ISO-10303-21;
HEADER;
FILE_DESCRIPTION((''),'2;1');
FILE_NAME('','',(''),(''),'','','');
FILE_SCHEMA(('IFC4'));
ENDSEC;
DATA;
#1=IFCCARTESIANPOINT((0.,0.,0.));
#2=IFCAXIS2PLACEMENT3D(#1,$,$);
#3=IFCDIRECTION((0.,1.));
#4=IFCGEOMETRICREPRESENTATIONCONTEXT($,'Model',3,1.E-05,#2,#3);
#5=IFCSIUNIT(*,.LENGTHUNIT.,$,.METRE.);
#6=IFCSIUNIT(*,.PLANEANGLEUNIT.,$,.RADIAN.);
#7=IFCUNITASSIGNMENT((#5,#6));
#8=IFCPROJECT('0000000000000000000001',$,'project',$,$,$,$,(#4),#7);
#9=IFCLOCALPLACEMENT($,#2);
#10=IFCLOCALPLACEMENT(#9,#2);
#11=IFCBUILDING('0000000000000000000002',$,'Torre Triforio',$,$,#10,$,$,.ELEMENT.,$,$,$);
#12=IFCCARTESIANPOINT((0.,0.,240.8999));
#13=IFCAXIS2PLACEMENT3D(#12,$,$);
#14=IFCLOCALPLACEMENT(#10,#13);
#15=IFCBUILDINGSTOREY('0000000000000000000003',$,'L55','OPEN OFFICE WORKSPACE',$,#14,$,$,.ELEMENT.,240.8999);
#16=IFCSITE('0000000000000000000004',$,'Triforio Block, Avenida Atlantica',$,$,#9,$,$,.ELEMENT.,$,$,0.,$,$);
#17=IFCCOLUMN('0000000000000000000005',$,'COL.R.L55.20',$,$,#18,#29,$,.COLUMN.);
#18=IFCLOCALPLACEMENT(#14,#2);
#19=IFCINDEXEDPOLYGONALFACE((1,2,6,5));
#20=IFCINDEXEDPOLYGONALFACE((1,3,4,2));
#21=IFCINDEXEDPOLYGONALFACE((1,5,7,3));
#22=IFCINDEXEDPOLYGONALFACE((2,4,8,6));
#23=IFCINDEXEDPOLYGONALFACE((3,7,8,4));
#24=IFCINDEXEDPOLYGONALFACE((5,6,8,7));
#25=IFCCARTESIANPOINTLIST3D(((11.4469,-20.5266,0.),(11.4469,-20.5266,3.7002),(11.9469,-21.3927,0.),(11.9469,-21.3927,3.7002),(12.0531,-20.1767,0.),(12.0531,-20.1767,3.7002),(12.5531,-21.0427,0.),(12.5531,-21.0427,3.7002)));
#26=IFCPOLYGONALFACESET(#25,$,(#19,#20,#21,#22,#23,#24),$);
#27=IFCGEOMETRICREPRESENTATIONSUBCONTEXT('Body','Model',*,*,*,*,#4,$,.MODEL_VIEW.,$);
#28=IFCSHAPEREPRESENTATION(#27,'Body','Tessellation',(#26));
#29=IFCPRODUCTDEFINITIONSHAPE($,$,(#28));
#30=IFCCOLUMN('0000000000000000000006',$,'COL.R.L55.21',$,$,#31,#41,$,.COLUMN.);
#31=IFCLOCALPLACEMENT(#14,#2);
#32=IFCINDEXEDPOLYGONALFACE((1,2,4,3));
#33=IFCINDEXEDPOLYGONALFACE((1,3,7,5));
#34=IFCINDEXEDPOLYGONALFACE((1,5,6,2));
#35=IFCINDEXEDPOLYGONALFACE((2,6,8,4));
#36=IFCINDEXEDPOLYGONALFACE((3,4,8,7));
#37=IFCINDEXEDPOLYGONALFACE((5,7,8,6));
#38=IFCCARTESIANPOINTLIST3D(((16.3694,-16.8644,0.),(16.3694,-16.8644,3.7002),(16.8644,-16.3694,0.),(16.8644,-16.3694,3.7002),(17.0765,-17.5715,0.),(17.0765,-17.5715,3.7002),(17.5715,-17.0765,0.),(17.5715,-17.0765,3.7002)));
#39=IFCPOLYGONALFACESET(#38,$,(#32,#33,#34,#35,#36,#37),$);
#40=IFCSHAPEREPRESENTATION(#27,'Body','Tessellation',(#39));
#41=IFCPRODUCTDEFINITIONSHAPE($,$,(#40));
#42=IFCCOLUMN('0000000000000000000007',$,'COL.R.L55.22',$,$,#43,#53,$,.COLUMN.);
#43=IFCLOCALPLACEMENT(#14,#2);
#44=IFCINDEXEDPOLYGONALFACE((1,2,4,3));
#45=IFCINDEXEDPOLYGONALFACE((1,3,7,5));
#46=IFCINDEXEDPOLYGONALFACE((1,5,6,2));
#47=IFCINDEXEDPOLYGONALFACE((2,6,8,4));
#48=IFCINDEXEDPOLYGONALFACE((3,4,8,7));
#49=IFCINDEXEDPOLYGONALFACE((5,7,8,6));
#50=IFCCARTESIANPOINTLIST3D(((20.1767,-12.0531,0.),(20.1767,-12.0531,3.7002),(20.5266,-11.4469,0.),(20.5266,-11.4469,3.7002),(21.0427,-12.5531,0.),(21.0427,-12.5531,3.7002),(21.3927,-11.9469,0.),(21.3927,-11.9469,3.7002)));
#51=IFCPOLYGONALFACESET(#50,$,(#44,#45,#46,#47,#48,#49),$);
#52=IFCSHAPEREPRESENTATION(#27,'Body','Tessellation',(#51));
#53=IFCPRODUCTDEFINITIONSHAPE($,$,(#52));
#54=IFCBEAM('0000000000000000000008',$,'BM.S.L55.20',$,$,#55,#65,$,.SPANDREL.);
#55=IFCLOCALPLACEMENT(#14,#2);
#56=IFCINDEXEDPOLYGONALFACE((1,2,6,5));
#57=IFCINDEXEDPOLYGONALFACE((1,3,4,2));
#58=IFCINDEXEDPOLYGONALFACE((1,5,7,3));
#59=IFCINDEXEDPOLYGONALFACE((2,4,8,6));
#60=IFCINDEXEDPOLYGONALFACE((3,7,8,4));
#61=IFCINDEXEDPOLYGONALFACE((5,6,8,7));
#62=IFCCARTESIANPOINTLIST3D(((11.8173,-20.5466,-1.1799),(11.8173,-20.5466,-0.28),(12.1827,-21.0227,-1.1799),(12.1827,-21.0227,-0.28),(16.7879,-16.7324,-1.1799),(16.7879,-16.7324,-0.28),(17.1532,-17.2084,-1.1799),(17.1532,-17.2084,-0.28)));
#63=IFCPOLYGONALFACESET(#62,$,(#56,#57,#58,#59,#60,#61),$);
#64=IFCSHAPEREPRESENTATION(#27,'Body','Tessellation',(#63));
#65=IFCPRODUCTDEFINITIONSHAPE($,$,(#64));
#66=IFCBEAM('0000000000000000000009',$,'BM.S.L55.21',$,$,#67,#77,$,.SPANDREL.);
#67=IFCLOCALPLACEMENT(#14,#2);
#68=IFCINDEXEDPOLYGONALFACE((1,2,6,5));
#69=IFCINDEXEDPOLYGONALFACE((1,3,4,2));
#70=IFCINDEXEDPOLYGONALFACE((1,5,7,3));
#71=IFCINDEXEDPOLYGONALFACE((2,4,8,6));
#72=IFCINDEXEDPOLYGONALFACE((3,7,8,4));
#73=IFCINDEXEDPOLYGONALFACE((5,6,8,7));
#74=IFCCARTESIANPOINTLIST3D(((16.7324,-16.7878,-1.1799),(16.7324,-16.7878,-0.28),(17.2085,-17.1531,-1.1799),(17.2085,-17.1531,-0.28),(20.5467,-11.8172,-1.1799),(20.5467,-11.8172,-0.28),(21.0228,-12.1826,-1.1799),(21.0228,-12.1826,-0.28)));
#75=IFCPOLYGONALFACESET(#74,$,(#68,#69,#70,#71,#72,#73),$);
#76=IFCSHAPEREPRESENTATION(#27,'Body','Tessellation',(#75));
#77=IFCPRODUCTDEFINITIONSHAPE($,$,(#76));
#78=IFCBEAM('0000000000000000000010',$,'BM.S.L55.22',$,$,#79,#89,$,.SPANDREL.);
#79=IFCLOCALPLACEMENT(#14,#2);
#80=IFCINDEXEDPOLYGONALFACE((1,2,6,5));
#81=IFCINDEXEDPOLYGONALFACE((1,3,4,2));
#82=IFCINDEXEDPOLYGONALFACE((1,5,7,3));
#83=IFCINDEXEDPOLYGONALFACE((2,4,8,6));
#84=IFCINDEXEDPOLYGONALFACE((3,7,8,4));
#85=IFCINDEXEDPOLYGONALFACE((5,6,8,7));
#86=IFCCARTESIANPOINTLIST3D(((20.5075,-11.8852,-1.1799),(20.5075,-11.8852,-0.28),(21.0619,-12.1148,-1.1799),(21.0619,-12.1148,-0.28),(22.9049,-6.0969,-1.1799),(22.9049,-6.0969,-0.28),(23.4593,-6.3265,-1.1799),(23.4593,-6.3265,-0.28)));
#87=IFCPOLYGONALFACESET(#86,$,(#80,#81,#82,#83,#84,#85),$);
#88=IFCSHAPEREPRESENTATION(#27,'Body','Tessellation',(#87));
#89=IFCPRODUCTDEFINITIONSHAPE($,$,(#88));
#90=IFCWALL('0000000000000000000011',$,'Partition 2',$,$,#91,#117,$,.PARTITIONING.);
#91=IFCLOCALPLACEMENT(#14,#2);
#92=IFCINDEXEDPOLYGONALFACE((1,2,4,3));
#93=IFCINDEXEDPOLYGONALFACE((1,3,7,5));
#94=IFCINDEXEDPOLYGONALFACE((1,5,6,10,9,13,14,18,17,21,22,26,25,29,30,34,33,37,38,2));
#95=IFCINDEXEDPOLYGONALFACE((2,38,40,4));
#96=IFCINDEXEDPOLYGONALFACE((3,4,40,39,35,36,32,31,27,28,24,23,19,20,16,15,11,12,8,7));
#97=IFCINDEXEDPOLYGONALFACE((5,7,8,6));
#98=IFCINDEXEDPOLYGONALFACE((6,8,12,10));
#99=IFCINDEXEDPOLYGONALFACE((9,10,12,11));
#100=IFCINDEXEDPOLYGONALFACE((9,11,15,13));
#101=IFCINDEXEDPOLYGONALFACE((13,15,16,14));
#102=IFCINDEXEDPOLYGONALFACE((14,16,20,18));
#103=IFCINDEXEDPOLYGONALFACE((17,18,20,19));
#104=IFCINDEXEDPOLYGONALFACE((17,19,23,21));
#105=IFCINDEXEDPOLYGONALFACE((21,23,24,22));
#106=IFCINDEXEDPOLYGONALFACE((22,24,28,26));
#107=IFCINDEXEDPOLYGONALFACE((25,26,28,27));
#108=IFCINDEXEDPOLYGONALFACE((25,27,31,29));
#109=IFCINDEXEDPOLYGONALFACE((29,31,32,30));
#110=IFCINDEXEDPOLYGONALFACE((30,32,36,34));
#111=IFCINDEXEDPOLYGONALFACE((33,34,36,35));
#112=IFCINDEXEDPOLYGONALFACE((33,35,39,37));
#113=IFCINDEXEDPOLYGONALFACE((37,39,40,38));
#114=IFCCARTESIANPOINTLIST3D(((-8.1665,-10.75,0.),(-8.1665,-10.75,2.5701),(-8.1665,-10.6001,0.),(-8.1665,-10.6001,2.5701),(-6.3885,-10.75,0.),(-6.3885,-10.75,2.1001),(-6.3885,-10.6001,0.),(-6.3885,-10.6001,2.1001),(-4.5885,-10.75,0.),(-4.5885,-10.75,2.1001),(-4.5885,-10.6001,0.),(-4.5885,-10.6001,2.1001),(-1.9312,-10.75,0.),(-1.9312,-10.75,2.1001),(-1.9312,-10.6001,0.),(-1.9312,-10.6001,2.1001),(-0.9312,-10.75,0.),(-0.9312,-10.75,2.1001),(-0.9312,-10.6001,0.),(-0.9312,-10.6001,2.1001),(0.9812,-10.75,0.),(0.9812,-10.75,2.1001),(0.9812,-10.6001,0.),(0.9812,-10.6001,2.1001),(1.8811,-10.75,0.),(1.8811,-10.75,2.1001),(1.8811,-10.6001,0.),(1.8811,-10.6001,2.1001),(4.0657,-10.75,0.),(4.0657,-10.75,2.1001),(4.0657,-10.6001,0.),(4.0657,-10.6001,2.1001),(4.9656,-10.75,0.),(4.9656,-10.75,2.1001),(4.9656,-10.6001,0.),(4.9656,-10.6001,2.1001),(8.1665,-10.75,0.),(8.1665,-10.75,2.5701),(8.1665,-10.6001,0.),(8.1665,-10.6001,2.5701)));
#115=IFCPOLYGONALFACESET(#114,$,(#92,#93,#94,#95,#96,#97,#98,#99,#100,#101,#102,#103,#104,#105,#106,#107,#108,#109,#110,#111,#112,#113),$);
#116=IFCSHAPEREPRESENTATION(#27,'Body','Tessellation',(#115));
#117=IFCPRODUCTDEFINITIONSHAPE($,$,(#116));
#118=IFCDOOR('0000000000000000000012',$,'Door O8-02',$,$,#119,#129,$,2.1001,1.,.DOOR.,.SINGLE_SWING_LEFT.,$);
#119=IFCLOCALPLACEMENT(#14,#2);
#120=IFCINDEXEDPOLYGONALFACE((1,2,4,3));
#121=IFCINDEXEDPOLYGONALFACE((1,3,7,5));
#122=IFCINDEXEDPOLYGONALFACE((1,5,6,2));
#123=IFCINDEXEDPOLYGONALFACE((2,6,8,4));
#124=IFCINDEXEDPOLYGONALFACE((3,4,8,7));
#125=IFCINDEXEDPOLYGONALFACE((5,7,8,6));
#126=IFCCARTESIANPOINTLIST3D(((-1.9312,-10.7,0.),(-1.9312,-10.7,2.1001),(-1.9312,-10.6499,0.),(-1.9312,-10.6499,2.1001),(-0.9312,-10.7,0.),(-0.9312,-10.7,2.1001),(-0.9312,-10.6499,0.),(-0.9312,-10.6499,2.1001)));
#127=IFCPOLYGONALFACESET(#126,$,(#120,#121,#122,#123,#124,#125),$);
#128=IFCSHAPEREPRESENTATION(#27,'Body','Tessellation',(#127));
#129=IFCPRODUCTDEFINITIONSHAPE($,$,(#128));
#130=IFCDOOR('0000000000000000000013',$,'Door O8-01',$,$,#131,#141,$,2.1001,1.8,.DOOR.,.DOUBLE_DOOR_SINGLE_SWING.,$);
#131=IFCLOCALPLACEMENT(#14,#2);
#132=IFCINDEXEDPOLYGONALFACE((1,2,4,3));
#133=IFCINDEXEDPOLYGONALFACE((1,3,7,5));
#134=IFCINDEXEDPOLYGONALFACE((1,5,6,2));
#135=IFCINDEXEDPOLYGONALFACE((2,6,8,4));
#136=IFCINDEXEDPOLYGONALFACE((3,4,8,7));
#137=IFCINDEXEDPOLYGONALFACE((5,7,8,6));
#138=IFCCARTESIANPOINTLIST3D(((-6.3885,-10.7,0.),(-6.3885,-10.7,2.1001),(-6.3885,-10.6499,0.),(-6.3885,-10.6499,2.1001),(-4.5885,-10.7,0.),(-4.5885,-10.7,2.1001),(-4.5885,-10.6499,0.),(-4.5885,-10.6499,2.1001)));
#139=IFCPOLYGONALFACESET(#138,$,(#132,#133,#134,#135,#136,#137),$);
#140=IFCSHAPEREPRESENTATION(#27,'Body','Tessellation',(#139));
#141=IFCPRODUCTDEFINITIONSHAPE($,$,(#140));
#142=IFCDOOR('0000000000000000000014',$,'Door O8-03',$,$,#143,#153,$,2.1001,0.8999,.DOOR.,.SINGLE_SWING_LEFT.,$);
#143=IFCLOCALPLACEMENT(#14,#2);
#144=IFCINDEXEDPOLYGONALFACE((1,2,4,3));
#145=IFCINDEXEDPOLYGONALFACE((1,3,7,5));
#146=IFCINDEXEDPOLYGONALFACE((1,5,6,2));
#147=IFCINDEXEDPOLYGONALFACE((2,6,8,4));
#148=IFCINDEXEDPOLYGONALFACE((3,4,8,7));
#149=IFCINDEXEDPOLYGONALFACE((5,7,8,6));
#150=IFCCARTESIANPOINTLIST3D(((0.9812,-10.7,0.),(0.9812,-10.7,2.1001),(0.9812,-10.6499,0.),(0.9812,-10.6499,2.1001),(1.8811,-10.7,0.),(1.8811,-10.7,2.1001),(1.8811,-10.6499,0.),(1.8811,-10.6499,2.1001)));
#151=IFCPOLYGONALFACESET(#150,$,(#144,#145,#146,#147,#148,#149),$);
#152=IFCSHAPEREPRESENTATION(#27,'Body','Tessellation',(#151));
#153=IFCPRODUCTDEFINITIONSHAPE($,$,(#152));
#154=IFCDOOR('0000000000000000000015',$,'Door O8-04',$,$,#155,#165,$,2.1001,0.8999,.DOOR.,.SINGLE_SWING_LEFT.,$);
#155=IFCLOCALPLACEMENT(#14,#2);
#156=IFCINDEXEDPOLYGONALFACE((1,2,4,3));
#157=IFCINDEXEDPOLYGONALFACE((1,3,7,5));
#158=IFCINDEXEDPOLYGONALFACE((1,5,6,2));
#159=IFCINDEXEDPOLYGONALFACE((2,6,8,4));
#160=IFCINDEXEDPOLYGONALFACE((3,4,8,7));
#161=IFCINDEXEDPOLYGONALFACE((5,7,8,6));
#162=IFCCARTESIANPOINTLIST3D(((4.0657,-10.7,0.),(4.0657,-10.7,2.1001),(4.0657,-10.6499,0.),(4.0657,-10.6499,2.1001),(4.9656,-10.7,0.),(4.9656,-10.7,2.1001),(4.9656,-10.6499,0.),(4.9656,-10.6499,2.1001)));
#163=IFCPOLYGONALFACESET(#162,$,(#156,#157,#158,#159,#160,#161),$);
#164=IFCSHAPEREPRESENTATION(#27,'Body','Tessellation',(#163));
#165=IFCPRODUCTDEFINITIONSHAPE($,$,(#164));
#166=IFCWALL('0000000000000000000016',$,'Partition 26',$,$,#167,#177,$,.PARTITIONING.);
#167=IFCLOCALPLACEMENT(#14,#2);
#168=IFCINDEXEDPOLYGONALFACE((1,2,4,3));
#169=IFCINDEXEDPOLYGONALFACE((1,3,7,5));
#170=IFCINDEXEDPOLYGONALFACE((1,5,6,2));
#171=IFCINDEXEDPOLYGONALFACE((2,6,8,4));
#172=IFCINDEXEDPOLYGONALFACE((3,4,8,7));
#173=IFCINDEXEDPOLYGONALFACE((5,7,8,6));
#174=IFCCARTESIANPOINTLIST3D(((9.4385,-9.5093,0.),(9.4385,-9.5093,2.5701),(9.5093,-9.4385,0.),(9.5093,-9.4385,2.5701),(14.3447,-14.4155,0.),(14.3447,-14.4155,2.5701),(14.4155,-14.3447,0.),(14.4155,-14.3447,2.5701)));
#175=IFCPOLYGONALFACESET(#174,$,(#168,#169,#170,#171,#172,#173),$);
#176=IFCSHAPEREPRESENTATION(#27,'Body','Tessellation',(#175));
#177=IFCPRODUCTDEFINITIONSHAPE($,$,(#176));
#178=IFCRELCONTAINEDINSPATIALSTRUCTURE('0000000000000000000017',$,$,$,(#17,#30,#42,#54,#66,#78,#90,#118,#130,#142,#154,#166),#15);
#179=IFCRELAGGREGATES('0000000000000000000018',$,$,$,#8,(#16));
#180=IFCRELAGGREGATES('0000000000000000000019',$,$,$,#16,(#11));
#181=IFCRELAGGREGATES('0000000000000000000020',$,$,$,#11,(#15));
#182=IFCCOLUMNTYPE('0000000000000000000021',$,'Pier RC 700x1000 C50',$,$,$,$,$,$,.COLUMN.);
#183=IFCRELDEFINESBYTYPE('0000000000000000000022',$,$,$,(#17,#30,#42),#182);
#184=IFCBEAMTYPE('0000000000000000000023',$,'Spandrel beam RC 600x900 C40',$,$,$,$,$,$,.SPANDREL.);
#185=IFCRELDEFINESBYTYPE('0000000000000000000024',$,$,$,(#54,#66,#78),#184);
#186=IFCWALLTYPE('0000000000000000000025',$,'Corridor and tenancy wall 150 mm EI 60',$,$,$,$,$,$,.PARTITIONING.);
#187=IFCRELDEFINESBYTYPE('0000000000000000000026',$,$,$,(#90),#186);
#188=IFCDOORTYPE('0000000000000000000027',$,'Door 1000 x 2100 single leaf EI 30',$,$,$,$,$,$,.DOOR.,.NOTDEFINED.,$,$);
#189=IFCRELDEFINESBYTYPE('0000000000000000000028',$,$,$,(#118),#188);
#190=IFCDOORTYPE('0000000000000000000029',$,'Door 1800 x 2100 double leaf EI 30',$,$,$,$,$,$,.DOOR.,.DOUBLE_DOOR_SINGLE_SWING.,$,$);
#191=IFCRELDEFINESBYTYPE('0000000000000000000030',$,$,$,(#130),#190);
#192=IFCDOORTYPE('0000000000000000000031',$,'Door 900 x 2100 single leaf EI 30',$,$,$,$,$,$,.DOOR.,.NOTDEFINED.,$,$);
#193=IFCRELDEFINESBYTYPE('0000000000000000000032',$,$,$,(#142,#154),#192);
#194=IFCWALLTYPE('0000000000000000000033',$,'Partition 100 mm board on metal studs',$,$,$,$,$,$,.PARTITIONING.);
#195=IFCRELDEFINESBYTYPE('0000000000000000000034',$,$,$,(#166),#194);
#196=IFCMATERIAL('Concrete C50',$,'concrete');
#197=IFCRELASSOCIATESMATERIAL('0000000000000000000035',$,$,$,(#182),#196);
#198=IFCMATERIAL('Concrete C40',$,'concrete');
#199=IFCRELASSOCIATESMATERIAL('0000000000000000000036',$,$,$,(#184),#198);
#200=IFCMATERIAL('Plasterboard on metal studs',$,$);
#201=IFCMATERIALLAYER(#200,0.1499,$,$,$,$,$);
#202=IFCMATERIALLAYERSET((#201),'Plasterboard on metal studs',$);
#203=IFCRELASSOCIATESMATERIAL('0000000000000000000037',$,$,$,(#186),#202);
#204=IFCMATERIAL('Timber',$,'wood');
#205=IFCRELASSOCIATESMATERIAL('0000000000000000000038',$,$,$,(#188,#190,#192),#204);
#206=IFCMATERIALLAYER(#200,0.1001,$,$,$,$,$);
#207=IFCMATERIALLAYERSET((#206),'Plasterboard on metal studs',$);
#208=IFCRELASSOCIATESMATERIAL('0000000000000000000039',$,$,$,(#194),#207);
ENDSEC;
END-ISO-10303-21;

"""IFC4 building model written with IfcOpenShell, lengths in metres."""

from ifc_helpers import new_model, si_unit, direction, frame, frame_2d, origin, origin_2d, place, context, subcontext, project, spatial, rectangle, extrude, material, layer, layer_set, material_profile, profile_set, type_object, element, fill, save


model = new_model("IFC4")

# Units and contexts
model_context = context("Model", 3, precision=1e-05, world=origin(), true_north=direction((0.0, 1.0)))
body_context = subcontext(model_context, "Body", "Model", "MODEL_VIEW")
ifc_project = project(units=[si_unit("LENGTHUNIT", "METRE"), si_unit("PLANEANGLEUNIT", "RADIAN")], contexts=[model_context])

# Site, building, storey
site_placement = place(None, origin())
site = spatial("IfcSite", under=ifc_project, at=site_placement, Name="Triforio Block, Avenida Atlantica", CompositionType="ELEMENT", RefElevation=0.0)
building_placement = place(site_placement, origin())
building = spatial("IfcBuilding", under=site, at=building_placement, Name="Torre Triforio", CompositionType="ELEMENT")
storey_placement = place(building_placement, frame((0.0, 0.0, 240.8999)))
storey = spatial("IfcBuildingStorey", under=building, at=storey_placement, Name="L55", Description="OPEN OFFICE WORKSPACE", CompositionType="ELEMENT", Elevation=240.8999)

# Columns
ifc_material_1 = material(Name="Concrete C50", Category="concrete")
ifc_material_profile_1 = material_profile(ifc_material_1, rectangle(XDim=0.7, YDim=1.0, at=origin_2d()), Name="RC 700x1000")
ifc_profile_set_1 = profile_set([ifc_material_profile_1], Name="Concrete C50")
column_type = type_object("IfcColumnType", Name="Pier RC 700x1000 C50", PredefinedType="COLUMN", material=ifc_profile_set_1)
for number, where, z_axis, x_axis, name in (
    (1, (12.0, -20.7847, 0.0), (0.0, 0.0, 1.0), (0.866025, 0.5, 0.0), "COL.R.L55.20"),
    (2, (16.9705, -16.9705, 0.0), (0.0, 0.0, 1.0), (0.707107, 0.707107, 0.0), "COL.R.L55.21"),
    (3, (20.7847, -12.0, 0.0), (0.0, 0.0, 1.0), (0.5, 0.866025, 0.0), "COL.R.L55.22"),
):
    element("IfcColumn", number, at=place(storey_placement, frame(where, z_axis=z_axis, x_axis=x_axis)), inside=storey, type_object=column_type, Name=name, PredefinedType="COLUMN", context=body_context, shape_type="SweptSolid", body=[
        extrude(rectangle(XDim=0.7, YDim=1.0, at=origin_2d()), origin(), (0.0, 0.0, 1.0), 3.7002),
    ])

# Beams
ifc_material_2 = material(Name="Concrete C40", Category="concrete")
ifc_material_profile_2 = material_profile(ifc_material_2, rectangle(XDim=0.6001, YDim=0.8999, at=origin_2d()), Name="RC 600x900")
ifc_profile_set_2 = profile_set([ifc_material_profile_2], Name="Concrete C40")
beam_type = type_object("IfcBeamType", Name="Spandrel beam RC 600x900 C40", PredefinedType="SPANDREL", material=ifc_profile_set_2)
for number, where, z_axis, x_axis, name in (
    (4, (12.0, -20.7847, -0.73), (0.793335, 0.608786, 0.0), (-0.608786, 0.793335, 0.0), "BM.S.L55.20"),
    (5, (16.9705, -16.9705, -0.73), (0.608786, 0.793335, 0.0), (-0.793335, 0.608786, 0.0), "BM.S.L55.21"),
):
    element("IfcBeam", number, at=place(storey_placement, frame(where, z_axis=z_axis, x_axis=x_axis)), inside=storey, type_object=beam_type, Name=name, PredefinedType="SPANDREL", context=body_context, shape_type="SweptSolid", body=[
        extrude(rectangle(XDim=0.6001, YDim=0.8999, at=origin_2d()), origin(), (0.0, 0.0, 1.0), 6.2654),
    ])
beam_placement = place(storey_placement, frame((20.7847, -12.0, -0.73), z_axis=(0.382664, 0.923888, 0.0), x_axis=(-0.923888, 0.382664, 0.0)))
element("IfcBeam", 6, at=beam_placement, inside=storey, type_object=beam_type, Name="BM.S.L55.22", PredefinedType="SPANDREL", context=body_context, shape_type="SweptSolid", body=[
    extrude(rectangle(XDim=0.6001, YDim=0.8999, at=origin_2d()), origin(), (0.0, 0.0, 1.0), 6.2651),
])

# Wall, openings, doors
ifc_material_3 = material(Name="Plasterboard on metal studs")
ifc_layer_1 = layer(ifc_material_3, 0.1499)
ifc_layer_set_1 = layer_set([ifc_layer_1], Name="Plasterboard on metal studs")
wall_type_1 = type_object("IfcWallType", Name="Corridor and tenancy wall 150 mm EI 60", PredefinedType="PARTITIONING", material=ifc_layer_set_1)
wall_1_placement = place(storey_placement, frame((8.1665, -10.675, 0.0), z_axis=(0.0, 0.0, 1.0), x_axis=(-1.0, 0.0, 0.0)))
wall_1 = element("IfcWall", 7, at=wall_1_placement, inside=storey, type_object=wall_type_1, Name="Partition 2", PredefinedType="PARTITIONING", context=body_context, shape_type="SweptSolid", body=[
    extrude(rectangle(XDim=16.333, YDim=0.1499, at=frame_2d((8.1665, 0.0))), origin(), (0.0, 0.0, 1.0), 2.5701),
])
opening_1_placement = place(wall_1_placement, frame((12.7551, 0.0, 0.0)))
opening_1 = element("IfcOpeningElement", 8, at=opening_1_placement, cuts=wall_1, PredefinedType="OPENING", context=body_context, shape_type="SweptSolid", body=[
    extrude(rectangle(XDim=1.8, YDim=2.1001, at=frame_2d((0.8999, 1.05))), frame((0.0, 0.085, 0.0), z_axis=(0.0, -1.0, 0.0), x_axis=(1.0, 0.0, 0.0)), (0.0, 0.0, 1.0), 0.1699),
])
opening_2_placement = place(wall_1_placement, frame((9.0977, 0.0, 0.0)))
opening_2 = element("IfcOpeningElement", 9, at=opening_2_placement, cuts=wall_1, PredefinedType="OPENING", context=body_context, shape_type="SweptSolid", body=[
    extrude(rectangle(XDim=1.0, YDim=2.1001, at=frame_2d((0.5, 1.05))), frame((0.0, 0.085, 0.0), z_axis=(0.0, -1.0, 0.0), x_axis=(1.0, 0.0, 0.0)), (0.0, 0.0, 1.0), 0.1699),
])
opening_3_placement = place(wall_1_placement, frame((6.2854, 0.0, 0.0)))
opening_3 = element("IfcOpeningElement", 10, at=opening_3_placement, cuts=wall_1, PredefinedType="OPENING", context=body_context, shape_type="SweptSolid", body=[
    extrude(rectangle(XDim=0.8999, YDim=2.1001, at=frame_2d((0.45, 1.05))), frame((0.0, 0.085, 0.0), z_axis=(0.0, -1.0, 0.0), x_axis=(1.0, 0.0, 0.0)), (0.0, 0.0, 1.0), 0.1699),
])
opening_4_placement = place(wall_1_placement, frame((3.2009, 0.0, 0.0)))
opening_4 = element("IfcOpeningElement", 11, at=opening_4_placement, cuts=wall_1, PredefinedType="OPENING", context=body_context, shape_type="SweptSolid", body=[
    extrude(rectangle(XDim=0.8999, YDim=2.1001, at=frame_2d((0.45, 1.05))), frame((0.0, 0.085, 0.0), z_axis=(0.0, -1.0, 0.0), x_axis=(1.0, 0.0, 0.0)), (0.0, 0.0, 1.0), 0.1699),
])
ifc_material_4 = material(Name="Timber", Category="wood")
door_type_1 = type_object("IfcDoorType", Name="Door 1000 x 2100 single leaf EI 30", OperationType="NOTDEFINED", PredefinedType="DOOR", material=ifc_material_4)
door_1_placement = place(opening_2_placement, origin())
door_1 = element("IfcDoor", 12, at=door_1_placement, inside=storey, type_object=door_type_1, Name="Door O8-02", OperationType="SINGLE_SWING_LEFT", OverallHeight=2.1001, OverallWidth=1.0, PredefinedType="DOOR", context=body_context, shape_type="SweptSolid", body=[
    extrude(rectangle(XDim=1.0, YDim=2.1001, at=frame_2d((0.5, 1.05))), frame((0.0, 0.0249, 0.0), z_axis=(0.0, -1.0, 0.0), x_axis=(1.0, 0.0, 0.0)), (0.0, 0.0, 1.0), 0.05),
])
fill(opening_2, door_1)
door_type_2 = type_object("IfcDoorType", Name="Door 1800 x 2100 double leaf EI 30", OperationType="DOUBLE_DOOR_SINGLE_SWING", PredefinedType="DOOR", material=ifc_material_4)
door_2_placement = place(opening_1_placement, origin())
door_2 = element("IfcDoor", 13, at=door_2_placement, inside=storey, type_object=door_type_2, Name="Door O8-01", OperationType="DOUBLE_DOOR_SINGLE_SWING", OverallHeight=2.1001, OverallWidth=1.8, PredefinedType="DOOR", context=body_context, shape_type="SweptSolid", body=[
    extrude(rectangle(XDim=1.8, YDim=2.1001, at=frame_2d((0.8999, 1.05))), frame((0.0, 0.0249, 0.0), z_axis=(0.0, -1.0, 0.0), x_axis=(1.0, 0.0, 0.0)), (0.0, 0.0, 1.0), 0.05),
])
fill(opening_1, door_2)
door_type_3 = type_object("IfcDoorType", Name="Door 900 x 2100 single leaf EI 30", OperationType="NOTDEFINED", PredefinedType="DOOR", material=ifc_material_4)
door_3_placement = place(opening_3_placement, origin())
door_3 = element("IfcDoor", 14, at=door_3_placement, inside=storey, type_object=door_type_3, Name="Door O8-03", OperationType="SINGLE_SWING_LEFT", OverallHeight=2.1001, OverallWidth=0.8999, PredefinedType="DOOR", context=body_context, shape_type="SweptSolid", body=[
    extrude(rectangle(XDim=0.8999, YDim=2.1001, at=frame_2d((0.45, 1.05))), frame((0.0, 0.0249, 0.0), z_axis=(0.0, -1.0, 0.0), x_axis=(1.0, 0.0, 0.0)), (0.0, 0.0, 1.0), 0.05),
])
fill(opening_3, door_3)
door_4_placement = place(opening_4_placement, origin())
door_4 = element("IfcDoor", 15, at=door_4_placement, inside=storey, type_object=door_type_3, Name="Door O8-04", OperationType="SINGLE_SWING_LEFT", OverallHeight=2.1001, OverallWidth=0.8999, PredefinedType="DOOR", context=body_context, shape_type="SweptSolid", body=[
    extrude(rectangle(XDim=0.8999, YDim=2.1001, at=frame_2d((0.45, 1.05))), frame((0.0, 0.0249, 0.0), z_axis=(0.0, -1.0, 0.0), x_axis=(1.0, 0.0, 0.0)), (0.0, 0.0, 1.0), 0.05),
])
fill(opening_4, door_4)

# Wall
ifc_layer_2 = layer(ifc_material_3, 0.1001)
ifc_layer_set_2 = layer_set([ifc_layer_2], Name="Plasterboard on metal studs")
wall_type_2 = type_object("IfcWallType", Name="Partition 100 mm board on metal studs", PredefinedType="PARTITIONING", material=ifc_layer_set_2)
wall_2_placement = place(storey_placement, frame((9.4739, -9.4739, 0.0), z_axis=(0.0, 0.0, 1.0), x_axis=(0.707107, -0.707107, 0.0)))
element("IfcWall", 16, at=wall_2_placement, inside=storey, type_object=wall_type_2, Name="Partition 26", PredefinedType="PARTITIONING", context=body_context, shape_type="SweptSolid", body=[
    extrude(rectangle(XDim=6.9385, YDim=0.1001, at=frame_2d((3.4692, 0.0))), origin(), (0.0, 0.0, 1.0), 2.5701),
])

save(model, "model.ifc")
